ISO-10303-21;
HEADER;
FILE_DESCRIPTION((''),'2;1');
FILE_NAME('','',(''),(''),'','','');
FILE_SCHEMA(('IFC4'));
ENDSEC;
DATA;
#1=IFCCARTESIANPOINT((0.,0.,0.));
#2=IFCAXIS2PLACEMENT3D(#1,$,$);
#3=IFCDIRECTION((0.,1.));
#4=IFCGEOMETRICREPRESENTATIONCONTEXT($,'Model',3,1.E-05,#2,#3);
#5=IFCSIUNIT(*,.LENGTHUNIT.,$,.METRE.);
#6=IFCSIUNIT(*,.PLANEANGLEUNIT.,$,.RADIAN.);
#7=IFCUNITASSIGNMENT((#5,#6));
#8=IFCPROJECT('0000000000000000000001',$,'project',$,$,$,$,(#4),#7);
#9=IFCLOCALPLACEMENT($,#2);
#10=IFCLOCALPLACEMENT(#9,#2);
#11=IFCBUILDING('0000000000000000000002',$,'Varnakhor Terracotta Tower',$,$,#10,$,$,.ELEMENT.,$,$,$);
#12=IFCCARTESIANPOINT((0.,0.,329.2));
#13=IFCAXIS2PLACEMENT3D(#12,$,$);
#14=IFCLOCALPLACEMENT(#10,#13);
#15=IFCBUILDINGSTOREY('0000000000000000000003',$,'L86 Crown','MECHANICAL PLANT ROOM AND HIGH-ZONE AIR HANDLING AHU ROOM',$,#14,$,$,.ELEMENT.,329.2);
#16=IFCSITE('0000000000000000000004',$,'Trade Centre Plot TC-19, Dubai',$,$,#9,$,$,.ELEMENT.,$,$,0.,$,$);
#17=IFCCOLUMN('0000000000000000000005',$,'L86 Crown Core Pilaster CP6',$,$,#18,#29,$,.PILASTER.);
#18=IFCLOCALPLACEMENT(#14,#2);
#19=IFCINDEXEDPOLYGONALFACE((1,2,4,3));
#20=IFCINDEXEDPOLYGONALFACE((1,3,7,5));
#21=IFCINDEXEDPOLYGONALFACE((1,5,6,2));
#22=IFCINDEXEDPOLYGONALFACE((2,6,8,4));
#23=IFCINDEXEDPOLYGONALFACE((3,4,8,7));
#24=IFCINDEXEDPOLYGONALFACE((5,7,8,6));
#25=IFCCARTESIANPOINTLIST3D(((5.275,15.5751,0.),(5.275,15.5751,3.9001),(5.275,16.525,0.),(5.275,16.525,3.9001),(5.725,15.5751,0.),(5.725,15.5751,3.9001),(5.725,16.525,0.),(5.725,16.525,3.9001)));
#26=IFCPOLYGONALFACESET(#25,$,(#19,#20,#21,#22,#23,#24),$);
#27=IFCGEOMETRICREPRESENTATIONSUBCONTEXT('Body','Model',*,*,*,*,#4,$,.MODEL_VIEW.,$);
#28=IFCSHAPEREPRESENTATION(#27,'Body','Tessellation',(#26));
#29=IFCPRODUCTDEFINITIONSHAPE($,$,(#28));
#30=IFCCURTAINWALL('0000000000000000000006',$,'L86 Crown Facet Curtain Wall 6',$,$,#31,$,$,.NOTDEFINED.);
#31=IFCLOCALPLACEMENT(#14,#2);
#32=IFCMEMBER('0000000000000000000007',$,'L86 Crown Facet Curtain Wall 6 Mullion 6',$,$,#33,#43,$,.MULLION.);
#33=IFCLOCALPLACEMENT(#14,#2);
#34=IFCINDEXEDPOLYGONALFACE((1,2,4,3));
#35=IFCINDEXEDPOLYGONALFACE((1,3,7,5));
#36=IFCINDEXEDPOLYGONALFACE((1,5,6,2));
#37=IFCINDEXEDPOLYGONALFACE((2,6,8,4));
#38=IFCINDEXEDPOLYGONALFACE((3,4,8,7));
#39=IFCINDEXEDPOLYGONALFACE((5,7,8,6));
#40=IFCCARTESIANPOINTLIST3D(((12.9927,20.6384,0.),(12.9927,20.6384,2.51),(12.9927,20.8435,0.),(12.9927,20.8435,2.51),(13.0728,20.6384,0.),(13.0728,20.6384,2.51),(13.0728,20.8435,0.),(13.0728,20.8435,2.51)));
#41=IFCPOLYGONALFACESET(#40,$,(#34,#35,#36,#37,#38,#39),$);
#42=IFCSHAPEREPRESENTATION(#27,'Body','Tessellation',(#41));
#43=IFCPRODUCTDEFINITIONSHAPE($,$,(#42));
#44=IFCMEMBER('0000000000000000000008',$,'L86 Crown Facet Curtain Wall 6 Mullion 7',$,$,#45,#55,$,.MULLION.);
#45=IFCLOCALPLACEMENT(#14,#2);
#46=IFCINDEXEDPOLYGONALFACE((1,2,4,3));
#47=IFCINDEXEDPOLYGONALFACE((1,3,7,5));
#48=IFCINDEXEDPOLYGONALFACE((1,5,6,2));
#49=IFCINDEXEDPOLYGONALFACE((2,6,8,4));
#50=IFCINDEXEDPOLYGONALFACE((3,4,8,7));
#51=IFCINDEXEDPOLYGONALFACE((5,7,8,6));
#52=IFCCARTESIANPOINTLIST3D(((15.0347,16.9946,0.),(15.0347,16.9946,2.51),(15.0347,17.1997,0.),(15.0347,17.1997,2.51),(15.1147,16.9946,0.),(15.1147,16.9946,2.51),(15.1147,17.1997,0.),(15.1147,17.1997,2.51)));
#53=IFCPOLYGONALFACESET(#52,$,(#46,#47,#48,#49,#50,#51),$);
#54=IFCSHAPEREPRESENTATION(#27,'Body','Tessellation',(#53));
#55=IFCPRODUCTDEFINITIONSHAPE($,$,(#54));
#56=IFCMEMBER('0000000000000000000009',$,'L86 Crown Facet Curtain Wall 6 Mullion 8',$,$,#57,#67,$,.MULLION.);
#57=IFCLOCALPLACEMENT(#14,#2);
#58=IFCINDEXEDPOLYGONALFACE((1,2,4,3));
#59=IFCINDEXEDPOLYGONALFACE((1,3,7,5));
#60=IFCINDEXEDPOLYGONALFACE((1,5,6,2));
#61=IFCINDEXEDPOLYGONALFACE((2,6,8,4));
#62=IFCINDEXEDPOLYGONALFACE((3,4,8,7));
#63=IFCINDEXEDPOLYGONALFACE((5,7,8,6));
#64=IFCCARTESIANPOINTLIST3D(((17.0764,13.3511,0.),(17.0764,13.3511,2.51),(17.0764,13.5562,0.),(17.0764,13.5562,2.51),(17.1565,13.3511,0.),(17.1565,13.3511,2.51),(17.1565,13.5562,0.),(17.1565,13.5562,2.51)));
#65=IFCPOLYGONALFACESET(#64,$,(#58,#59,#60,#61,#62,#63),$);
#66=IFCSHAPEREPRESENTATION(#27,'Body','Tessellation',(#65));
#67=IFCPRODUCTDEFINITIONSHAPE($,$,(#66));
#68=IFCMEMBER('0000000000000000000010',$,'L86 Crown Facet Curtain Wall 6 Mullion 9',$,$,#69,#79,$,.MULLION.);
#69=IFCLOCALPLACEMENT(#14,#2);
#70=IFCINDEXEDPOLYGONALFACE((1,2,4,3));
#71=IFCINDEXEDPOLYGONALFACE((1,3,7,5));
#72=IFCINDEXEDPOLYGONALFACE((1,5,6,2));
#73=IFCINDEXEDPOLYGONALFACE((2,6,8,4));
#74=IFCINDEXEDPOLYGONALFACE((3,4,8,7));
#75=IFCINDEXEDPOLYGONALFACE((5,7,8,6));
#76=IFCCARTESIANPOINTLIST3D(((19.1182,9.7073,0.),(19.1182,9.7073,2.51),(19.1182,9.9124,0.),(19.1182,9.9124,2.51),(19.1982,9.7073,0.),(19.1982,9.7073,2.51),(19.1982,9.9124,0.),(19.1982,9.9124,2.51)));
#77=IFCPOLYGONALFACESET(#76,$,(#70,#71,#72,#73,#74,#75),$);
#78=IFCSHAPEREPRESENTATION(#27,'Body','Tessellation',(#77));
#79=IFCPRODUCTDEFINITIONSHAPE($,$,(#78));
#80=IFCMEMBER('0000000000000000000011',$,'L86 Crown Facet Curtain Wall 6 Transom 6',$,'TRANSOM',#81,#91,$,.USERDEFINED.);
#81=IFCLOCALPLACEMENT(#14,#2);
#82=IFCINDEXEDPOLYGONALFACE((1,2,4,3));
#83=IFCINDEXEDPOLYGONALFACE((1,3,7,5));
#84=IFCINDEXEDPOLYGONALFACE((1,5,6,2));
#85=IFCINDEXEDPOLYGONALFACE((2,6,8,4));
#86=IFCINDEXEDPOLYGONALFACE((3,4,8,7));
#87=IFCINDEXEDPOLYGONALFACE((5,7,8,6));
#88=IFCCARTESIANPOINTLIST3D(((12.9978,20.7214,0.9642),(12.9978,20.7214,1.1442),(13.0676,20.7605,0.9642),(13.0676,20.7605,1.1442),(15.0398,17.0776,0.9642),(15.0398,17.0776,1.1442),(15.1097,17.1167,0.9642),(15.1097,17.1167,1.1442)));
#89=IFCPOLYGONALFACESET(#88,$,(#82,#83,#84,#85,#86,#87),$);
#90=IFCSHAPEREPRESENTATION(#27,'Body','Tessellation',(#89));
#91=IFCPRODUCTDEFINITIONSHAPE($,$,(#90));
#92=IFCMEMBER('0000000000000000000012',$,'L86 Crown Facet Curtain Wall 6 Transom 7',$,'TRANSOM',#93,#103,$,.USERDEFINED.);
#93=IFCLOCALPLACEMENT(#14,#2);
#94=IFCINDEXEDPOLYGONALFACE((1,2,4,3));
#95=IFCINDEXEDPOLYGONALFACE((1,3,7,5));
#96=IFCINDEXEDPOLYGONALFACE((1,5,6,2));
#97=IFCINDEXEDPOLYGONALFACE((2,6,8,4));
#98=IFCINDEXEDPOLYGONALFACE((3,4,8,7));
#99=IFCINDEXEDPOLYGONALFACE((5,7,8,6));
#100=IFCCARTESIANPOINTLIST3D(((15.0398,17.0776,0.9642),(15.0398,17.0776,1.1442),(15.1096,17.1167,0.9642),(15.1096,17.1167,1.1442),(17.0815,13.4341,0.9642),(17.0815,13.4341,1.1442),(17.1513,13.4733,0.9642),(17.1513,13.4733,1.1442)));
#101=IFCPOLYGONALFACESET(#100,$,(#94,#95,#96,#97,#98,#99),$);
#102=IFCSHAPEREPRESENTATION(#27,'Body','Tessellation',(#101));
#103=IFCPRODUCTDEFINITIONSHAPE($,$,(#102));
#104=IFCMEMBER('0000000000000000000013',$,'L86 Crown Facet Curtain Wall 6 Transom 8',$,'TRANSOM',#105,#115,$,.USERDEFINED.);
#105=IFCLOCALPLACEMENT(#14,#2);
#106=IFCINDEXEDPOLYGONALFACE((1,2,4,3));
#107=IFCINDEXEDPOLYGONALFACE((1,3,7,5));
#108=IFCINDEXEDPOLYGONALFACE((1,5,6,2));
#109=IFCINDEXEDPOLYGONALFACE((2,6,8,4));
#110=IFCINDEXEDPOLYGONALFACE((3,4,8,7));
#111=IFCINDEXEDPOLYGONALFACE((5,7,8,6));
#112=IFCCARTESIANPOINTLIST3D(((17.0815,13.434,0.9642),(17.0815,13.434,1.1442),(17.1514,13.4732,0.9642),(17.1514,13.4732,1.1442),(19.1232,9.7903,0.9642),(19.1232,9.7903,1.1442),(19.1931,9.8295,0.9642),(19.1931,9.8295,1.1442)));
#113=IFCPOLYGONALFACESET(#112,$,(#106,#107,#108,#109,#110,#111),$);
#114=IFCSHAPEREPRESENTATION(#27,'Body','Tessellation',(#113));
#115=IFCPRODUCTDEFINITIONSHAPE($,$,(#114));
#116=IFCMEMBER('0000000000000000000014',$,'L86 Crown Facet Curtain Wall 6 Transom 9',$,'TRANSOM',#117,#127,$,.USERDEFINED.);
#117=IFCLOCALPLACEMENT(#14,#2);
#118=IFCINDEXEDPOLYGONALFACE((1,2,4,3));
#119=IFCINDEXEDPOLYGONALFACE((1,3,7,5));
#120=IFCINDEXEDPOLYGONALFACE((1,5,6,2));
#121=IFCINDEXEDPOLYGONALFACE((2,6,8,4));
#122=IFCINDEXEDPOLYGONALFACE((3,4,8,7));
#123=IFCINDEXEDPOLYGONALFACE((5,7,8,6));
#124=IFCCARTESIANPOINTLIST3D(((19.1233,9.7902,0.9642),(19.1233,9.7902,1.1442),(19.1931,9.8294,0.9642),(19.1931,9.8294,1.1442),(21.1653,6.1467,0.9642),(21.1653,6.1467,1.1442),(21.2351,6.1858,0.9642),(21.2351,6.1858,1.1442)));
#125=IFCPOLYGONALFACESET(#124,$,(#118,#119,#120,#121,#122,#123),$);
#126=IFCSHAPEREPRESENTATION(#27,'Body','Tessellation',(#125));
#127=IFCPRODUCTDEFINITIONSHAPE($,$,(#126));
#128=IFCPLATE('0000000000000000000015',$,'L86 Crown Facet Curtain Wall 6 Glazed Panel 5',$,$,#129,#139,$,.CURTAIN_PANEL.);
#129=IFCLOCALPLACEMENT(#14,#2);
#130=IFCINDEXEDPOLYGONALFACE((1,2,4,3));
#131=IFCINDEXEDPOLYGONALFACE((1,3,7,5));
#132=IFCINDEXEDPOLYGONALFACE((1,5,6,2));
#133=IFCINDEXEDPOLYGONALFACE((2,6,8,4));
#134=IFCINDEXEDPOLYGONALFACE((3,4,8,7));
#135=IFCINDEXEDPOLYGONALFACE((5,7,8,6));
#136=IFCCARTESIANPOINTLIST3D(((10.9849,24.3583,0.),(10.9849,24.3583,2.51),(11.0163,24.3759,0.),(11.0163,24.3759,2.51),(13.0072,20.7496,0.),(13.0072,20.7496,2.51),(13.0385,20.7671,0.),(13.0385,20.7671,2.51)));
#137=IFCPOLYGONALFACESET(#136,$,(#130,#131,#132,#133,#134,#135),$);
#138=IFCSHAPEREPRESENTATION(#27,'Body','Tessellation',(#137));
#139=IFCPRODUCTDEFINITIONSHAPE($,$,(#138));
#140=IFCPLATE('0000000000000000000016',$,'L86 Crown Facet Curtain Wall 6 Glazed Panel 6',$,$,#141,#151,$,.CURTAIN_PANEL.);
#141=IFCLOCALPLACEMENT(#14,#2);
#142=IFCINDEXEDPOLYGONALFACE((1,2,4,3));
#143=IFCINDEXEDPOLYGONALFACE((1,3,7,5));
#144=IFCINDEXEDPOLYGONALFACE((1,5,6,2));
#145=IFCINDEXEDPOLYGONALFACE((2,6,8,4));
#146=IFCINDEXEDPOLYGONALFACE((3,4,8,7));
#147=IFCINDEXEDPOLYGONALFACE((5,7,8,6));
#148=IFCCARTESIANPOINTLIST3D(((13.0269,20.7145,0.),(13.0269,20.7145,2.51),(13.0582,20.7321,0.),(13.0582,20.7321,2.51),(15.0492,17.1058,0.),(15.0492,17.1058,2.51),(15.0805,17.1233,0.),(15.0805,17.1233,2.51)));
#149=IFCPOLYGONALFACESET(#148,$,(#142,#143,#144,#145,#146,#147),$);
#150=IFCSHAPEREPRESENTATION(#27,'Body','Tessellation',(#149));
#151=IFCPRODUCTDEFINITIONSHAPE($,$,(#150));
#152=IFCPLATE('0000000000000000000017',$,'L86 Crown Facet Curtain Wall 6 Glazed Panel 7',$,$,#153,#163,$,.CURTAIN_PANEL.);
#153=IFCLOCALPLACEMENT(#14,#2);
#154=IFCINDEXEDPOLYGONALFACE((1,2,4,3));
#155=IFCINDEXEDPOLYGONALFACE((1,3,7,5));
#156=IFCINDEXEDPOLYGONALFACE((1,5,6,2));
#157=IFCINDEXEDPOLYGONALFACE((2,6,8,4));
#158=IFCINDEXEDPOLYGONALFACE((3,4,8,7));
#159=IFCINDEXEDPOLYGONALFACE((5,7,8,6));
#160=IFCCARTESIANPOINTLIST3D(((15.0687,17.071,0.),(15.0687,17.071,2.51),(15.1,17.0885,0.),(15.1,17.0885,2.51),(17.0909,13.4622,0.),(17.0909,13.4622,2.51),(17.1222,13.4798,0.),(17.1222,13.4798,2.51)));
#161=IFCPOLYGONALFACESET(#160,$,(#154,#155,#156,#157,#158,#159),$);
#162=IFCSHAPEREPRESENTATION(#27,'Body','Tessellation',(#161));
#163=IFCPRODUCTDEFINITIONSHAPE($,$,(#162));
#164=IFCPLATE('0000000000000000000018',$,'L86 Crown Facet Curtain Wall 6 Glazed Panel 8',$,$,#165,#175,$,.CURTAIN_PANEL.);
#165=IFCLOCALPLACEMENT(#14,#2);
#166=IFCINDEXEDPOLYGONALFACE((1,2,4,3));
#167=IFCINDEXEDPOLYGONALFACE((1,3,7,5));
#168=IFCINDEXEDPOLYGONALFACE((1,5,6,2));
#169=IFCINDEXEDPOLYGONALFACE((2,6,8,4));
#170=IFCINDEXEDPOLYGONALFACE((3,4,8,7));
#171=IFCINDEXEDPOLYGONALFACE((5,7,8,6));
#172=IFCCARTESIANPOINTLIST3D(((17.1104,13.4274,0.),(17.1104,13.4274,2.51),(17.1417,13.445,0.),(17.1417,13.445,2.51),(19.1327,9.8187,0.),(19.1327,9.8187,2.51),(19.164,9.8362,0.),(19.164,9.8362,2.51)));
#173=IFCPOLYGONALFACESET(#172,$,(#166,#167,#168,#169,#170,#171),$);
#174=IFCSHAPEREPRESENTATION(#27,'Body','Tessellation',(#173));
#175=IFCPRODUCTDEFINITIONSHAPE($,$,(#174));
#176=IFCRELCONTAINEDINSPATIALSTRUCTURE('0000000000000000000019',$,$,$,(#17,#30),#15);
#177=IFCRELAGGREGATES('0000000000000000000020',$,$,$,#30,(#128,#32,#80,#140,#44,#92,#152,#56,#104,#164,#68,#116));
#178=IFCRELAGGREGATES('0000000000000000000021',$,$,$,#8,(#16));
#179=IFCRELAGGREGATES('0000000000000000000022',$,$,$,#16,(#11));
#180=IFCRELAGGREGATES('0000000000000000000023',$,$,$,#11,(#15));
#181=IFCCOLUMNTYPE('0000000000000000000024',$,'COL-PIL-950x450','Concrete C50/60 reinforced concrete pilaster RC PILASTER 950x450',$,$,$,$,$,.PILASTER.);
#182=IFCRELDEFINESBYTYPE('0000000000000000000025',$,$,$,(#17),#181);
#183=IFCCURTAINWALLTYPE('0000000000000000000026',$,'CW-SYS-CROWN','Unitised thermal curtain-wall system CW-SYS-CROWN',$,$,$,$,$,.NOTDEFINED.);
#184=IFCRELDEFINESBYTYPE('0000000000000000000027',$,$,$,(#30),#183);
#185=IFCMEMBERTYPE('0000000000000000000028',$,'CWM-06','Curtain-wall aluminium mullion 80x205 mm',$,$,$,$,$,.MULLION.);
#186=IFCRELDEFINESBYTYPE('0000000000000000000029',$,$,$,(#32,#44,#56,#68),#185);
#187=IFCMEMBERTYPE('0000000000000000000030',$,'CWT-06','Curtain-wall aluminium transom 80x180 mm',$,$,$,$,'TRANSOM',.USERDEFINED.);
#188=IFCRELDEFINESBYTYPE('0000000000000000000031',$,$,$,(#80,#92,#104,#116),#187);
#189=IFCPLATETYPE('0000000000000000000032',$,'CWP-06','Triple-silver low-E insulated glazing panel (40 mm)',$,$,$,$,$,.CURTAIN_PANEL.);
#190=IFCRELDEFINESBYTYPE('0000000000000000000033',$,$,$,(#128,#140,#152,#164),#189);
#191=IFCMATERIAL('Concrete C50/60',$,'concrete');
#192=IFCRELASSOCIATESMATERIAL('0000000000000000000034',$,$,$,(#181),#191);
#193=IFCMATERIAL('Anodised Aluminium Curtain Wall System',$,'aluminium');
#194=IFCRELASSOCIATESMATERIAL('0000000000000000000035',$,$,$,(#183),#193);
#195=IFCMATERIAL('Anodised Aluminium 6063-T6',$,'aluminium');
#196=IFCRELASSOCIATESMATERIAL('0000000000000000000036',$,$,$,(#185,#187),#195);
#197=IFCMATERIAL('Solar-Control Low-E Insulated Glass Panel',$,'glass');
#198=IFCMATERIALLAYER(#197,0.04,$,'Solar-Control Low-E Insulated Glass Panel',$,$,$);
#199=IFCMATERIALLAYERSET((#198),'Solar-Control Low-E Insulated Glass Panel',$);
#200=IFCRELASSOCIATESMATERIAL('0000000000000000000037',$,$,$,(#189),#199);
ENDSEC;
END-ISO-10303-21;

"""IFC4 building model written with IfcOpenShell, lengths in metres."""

from ifc_helpers import new_model, si_unit, direction, frame, origin, origin_2d, place, context, subcontext, project, spatial, rectangle, extrude, source, transform, mapped, material, layer, layer_set, material_profile, profile_set, type_object, element, aggregate, save


model = new_model("IFC4")

# Units and contexts
model_context = context("Model", 3, precision=1e-05, world=origin(), true_north=direction((0.0, 1.0)))
body_context = subcontext(model_context, "Body", "Model", "MODEL_VIEW")
ifc_project = project(units=[si_unit("LENGTHUNIT", "METRE"), si_unit("PLANEANGLEUNIT", "RADIAN")], contexts=[model_context])

# Site, building, storey
site_placement = place(None, origin())
site = spatial("IfcSite", under=ifc_project, at=site_placement, Name="Trade Centre Plot TC-19, Dubai", CompositionType="ELEMENT", RefElevation=0.0)
building_placement = place(site_placement, origin())
building = spatial("IfcBuilding", under=site, at=building_placement, Name="Varnakhor Terracotta Tower", CompositionType="ELEMENT")
storey_placement = place(building_placement, frame((0.0, 0.0, 329.2)))
storey = spatial("IfcBuildingStorey", under=building, at=storey_placement, Name="L86 Crown", Description="MECHANICAL PLANT ROOM AND HIGH-ZONE AIR HANDLING AHU ROOM", CompositionType="ELEMENT", Elevation=329.2)

# Column
ifc_material_1 = material(Name="Concrete C50/60", Category="concrete")
ifc_material_profile_1 = material_profile(ifc_material_1, rectangle(XDim=0.45, YDim=0.95, at=origin_2d()), Name="RC PILASTER 950x450")
ifc_profile_set_1 = profile_set([ifc_material_profile_1], Name="Concrete C50/60")
column_type = type_object("IfcColumnType", Name="COL-PIL-950x450", Description="Concrete C50/60 reinforced concrete pilaster RC PILASTER 950x450", PredefinedType="PILASTER", material=ifc_profile_set_1)
shared_shape_1 = source(origin(), body_context, "Body", "SweptSolid", [
    extrude(rectangle(XDim=0.45, YDim=0.95, at=origin_2d()), origin(), (0.0, 0.0, 1.0), 3.9001),
])
column_placement = place(storey_placement, frame((5.5, 16.05, 0.0), z_axis=(0.0, 0.0, 1.0), x_axis=(1.0, 0.0, 0.0)))
element("IfcColumn", 1, at=column_placement, inside=storey, type_object=column_type, Name="L86 Crown Core Pilaster CP6", PredefinedType="PILASTER", context=body_context, shape_type="MappedRepresentation", body=[
    mapped(shared_shape_1, transform((0.0, 0.0, 0.0), scale=1.0)),
])

# Curtain wall, members, plates
ifc_material_2 = material(Name="Anodised Aluminium Curtain Wall System", Category="aluminium")
curtain_wall_type = type_object("IfcCurtainWallType", Name="CW-SYS-CROWN", Description="Unitised thermal curtain-wall system CW-SYS-CROWN", PredefinedType="NOTDEFINED", material=ifc_material_2)
curtain_wall_placement = place(storey_placement, origin())
curtain_wall = element("IfcCurtainWall", 2, at=curtain_wall_placement, inside=storey, type_object=curtain_wall_type, Name="L86 Crown Facet Curtain Wall 6", PredefinedType="NOTDEFINED")
ifc_material_3 = material(Name="Anodised Aluminium 6063-T6", Category="aluminium")
ifc_material_profile_2 = material_profile(ifc_material_3, rectangle(XDim=0.0801, YDim=0.2051, at=origin_2d()), Name="ALU MULLION 80x205")
ifc_profile_set_2 = profile_set([ifc_material_profile_2], Name="Anodised Aluminium 6063-T6")
member_type_1 = type_object("IfcMemberType", Name="CWM-06", Description="Curtain-wall aluminium mullion 80x205 mm", PredefinedType="MULLION", material=ifc_profile_set_2)
shared_shape_2 = source(origin(), body_context, "Body", "SweptSolid", [
    extrude(rectangle(XDim=0.0801, YDim=0.2051, at=origin_2d()), origin(), (0.0, 0.0, 1.0), 2.51),
])
member_1_placement = place(storey_placement, frame((13.0327, 20.741, 0.0), z_axis=(0.0, 0.0, 1.0), x_axis=(1.0, 0.0, 0.0)))
member_1 = element("IfcMember", 3, at=member_1_placement, type_object=member_type_1, Name="L86 Crown Facet Curtain Wall 6 Mullion 6", PredefinedType="MULLION", context=body_context, shape_type="MappedRepresentation", body=[
    mapped(shared_shape_2, transform((0.0, 0.0, 0.0), scale=1.0)),
])
member_2_placement = place(storey_placement, frame((15.0747, 17.0972, 0.0), z_axis=(0.0, 0.0, 1.0), x_axis=(1.0, 0.0, 0.0)))
member_2 = element("IfcMember", 4, at=member_2_placement, type_object=member_type_1, Name="L86 Crown Facet Curtain Wall 6 Mullion 7", PredefinedType="MULLION", context=body_context, shape_type="MappedRepresentation", body=[
    mapped(shared_shape_2, transform((0.0, 0.0, 0.0), scale=1.0)),
])
member_3_placement = place(storey_placement, frame((17.1165, 13.4536, 0.0), z_axis=(0.0, 0.0, 1.0), x_axis=(1.0, 0.0, 0.0)))
member_3 = element("IfcMember", 5, at=member_3_placement, type_object=member_type_1, Name="L86 Crown Facet Curtain Wall 6 Mullion 8", PredefinedType="MULLION", context=body_context, shape_type="MappedRepresentation", body=[
    mapped(shared_shape_2, transform((0.0, 0.0, 0.0), scale=1.0)),
])
member_4_placement = place(storey_placement, frame((19.1582, 9.8098, 0.0), z_axis=(0.0, 0.0, 1.0), x_axis=(1.0, 0.0, 0.0)))
member_4 = element("IfcMember", 6, at=member_4_placement, type_object=member_type_1, Name="L86 Crown Facet Curtain Wall 6 Mullion 9", PredefinedType="MULLION", context=body_context, shape_type="MappedRepresentation", body=[
    mapped(shared_shape_2, transform((0.0, 0.0, 0.0), scale=1.0)),
])
ifc_material_profile_3 = material_profile(ifc_material_3, rectangle(XDim=0.0801, YDim=0.1799, at=origin_2d()), Name="ALU TRANSOM 80x180")
ifc_profile_set_3 = profile_set([ifc_material_profile_3], Name="Anodised Aluminium 6063-T6")
member_type_2 = type_object("IfcMemberType", Name="CWT-06", Description="Curtain-wall aluminium transom 80x180 mm", ElementType="TRANSOM", PredefinedType="USERDEFINED", material=ifc_profile_set_3)
shared_shape_3 = source(origin(), body_context, "Body", "SweptSolid", [
    extrude(rectangle(XDim=0.0801, YDim=0.1799, at=origin_2d()), origin(), (0.0, 0.0, 1.0), 4.177),
])
member_5_placement = place(storey_placement, frame((13.0327, 20.741, 1.0542), z_axis=(0.48887, -0.872356, 0.0), x_axis=(0.872356, 0.48887, 0.0)))
member_5 = element("IfcMember", 7, at=member_5_placement, type_object=member_type_2, Name="L86 Crown Facet Curtain Wall 6 Transom 6", ObjectType="TRANSOM", PredefinedType="USERDEFINED", context=body_context, shape_type="MappedRepresentation", body=[
    mapped(shared_shape_3, transform((0.0, 0.0, 0.0), scale=1.0)),
])
shared_shape_4 = source(origin(), body_context, "Body", "SweptSolid", [
    extrude(rectangle(XDim=0.0801, YDim=0.1799, at=origin_2d()), origin(), (0.0, 0.0, 1.0), 4.1765),
])
member_6_placement = place(storey_placement, frame((15.0747, 17.0972, 1.0542), z_axis=(0.488851, -0.872367, 0.0), x_axis=(0.872367, 0.488851, 0.0)))
member_6 = element("IfcMember", 8, at=member_6_placement, type_object=member_type_2, Name="L86 Crown Facet Curtain Wall 6 Transom 7", ObjectType="TRANSOM", PredefinedType="USERDEFINED", context=body_context, shape_type="MappedRepresentation", body=[
    mapped(shared_shape_4, transform((0.0, 0.0, 0.0), scale=1.0)),
])
shared_shape_5 = source(origin(), body_context, "Body", "SweptSolid", [
    extrude(rectangle(XDim=0.0801, YDim=0.1799, at=origin_2d()), origin(), (0.0, 0.0, 1.0), 4.1768),
])
member_7_placement = place(storey_placement, frame((17.1165, 13.4536, 1.0542), z_axis=(0.488826, -0.872381, 0.0), x_axis=(0.872381, 0.488826, 0.0)))
member_7 = element("IfcMember", 9, at=member_7_placement, type_object=member_type_2, Name="L86 Crown Facet Curtain Wall 6 Transom 8", ObjectType="TRANSOM", PredefinedType="USERDEFINED", context=body_context, shape_type="MappedRepresentation", body=[
    mapped(shared_shape_5, transform((0.0, 0.0, 0.0), scale=1.0)),
])
member_8_placement = place(storey_placement, frame((19.1582, 9.8098, 1.0542), z_axis=(0.488895, -0.872342, 0.0), x_axis=(0.872342, 0.488895, 0.0)))
member_8 = element("IfcMember", 10, at=member_8_placement, type_object=member_type_2, Name="L86 Crown Facet Curtain Wall 6 Transom 9", ObjectType="TRANSOM", PredefinedType="USERDEFINED", context=body_context, shape_type="MappedRepresentation", body=[
    mapped(shared_shape_5, transform((0.0, 0.0, 0.0), scale=1.0)),
])
ifc_material_4 = material(Name="Solar-Control Low-E Insulated Glass Panel", Category="glass")
ifc_layer_1 = layer(ifc_material_4, 0.04, Name="Solar-Control Low-E Insulated Glass Panel")
ifc_layer_set_1 = layer_set([ifc_layer_1], Name="Solar-Control Low-E Insulated Glass Panel")
plate_type = type_object("IfcPlateType", Name="CWP-06", Description="Triple-silver low-E insulated glazing panel (40 mm)", PredefinedType="CURTAIN_PANEL", material=ifc_layer_set_1)
shared_shape_6 = source(origin(), body_context, "Body", "SweptSolid", [
    extrude(rectangle(XDim=4.1367, YDim=0.0359, at=origin_2d()), origin(), (0.0, 0.0, 1.0), 2.51),
])
plate_1_placement = place(storey_placement, frame((12.0117, 22.5627, 0.0), z_axis=(0.0, 0.0, 1.0), x_axis=(0.48885, -0.872368, 0.0)))
plate_1 = element("IfcPlate", 11, at=plate_1_placement, type_object=plate_type, Name="L86 Crown Facet Curtain Wall 6 Glazed Panel 5", PredefinedType="CURTAIN_PANEL", context=body_context, shape_type="MappedRepresentation", body=[
    mapped(shared_shape_6, transform((0.0, 0.0, 0.0), scale=1.0)),
])
plate_2_placement = place(storey_placement, frame((14.0537, 18.9189, 0.0), z_axis=(0.0, 0.0, 1.0), x_axis=(0.48885, -0.872368, 0.0)))
plate_2 = element("IfcPlate", 12, at=plate_2_placement, type_object=plate_type, Name="L86 Crown Facet Curtain Wall 6 Glazed Panel 6", PredefinedType="CURTAIN_PANEL", context=body_context, shape_type="MappedRepresentation", body=[
    mapped(shared_shape_6, transform((0.0, 0.0, 0.0), scale=1.0)),
])
plate_3_placement = place(storey_placement, frame((16.0955, 15.2754, 0.0), z_axis=(0.0, 0.0, 1.0), x_axis=(0.48885, -0.872368, 0.0)))
plate_3 = element("IfcPlate", 13, at=plate_3_placement, type_object=plate_type, Name="L86 Crown Facet Curtain Wall 6 Glazed Panel 7", PredefinedType="CURTAIN_PANEL", context=body_context, shape_type="MappedRepresentation", body=[
    mapped(shared_shape_6, transform((0.0, 0.0, 0.0), scale=1.0)),
])
plate_4_placement = place(storey_placement, frame((18.1372, 11.6318, 0.0), z_axis=(0.0, 0.0, 1.0), x_axis=(0.48885, -0.872368, 0.0)))
plate_4 = element("IfcPlate", 14, at=plate_4_placement, type_object=plate_type, Name="L86 Crown Facet Curtain Wall 6 Glazed Panel 8", PredefinedType="CURTAIN_PANEL", context=body_context, shape_type="MappedRepresentation", body=[
    mapped(shared_shape_6, transform((0.0, 0.0, 0.0), scale=1.0)),
])
aggregate(curtain_wall, [plate_1, member_1, member_5, plate_2, member_2, member_6, plate_3, member_3, member_7, plate_4, member_4, member_8])

save(model, "model.ifc")
